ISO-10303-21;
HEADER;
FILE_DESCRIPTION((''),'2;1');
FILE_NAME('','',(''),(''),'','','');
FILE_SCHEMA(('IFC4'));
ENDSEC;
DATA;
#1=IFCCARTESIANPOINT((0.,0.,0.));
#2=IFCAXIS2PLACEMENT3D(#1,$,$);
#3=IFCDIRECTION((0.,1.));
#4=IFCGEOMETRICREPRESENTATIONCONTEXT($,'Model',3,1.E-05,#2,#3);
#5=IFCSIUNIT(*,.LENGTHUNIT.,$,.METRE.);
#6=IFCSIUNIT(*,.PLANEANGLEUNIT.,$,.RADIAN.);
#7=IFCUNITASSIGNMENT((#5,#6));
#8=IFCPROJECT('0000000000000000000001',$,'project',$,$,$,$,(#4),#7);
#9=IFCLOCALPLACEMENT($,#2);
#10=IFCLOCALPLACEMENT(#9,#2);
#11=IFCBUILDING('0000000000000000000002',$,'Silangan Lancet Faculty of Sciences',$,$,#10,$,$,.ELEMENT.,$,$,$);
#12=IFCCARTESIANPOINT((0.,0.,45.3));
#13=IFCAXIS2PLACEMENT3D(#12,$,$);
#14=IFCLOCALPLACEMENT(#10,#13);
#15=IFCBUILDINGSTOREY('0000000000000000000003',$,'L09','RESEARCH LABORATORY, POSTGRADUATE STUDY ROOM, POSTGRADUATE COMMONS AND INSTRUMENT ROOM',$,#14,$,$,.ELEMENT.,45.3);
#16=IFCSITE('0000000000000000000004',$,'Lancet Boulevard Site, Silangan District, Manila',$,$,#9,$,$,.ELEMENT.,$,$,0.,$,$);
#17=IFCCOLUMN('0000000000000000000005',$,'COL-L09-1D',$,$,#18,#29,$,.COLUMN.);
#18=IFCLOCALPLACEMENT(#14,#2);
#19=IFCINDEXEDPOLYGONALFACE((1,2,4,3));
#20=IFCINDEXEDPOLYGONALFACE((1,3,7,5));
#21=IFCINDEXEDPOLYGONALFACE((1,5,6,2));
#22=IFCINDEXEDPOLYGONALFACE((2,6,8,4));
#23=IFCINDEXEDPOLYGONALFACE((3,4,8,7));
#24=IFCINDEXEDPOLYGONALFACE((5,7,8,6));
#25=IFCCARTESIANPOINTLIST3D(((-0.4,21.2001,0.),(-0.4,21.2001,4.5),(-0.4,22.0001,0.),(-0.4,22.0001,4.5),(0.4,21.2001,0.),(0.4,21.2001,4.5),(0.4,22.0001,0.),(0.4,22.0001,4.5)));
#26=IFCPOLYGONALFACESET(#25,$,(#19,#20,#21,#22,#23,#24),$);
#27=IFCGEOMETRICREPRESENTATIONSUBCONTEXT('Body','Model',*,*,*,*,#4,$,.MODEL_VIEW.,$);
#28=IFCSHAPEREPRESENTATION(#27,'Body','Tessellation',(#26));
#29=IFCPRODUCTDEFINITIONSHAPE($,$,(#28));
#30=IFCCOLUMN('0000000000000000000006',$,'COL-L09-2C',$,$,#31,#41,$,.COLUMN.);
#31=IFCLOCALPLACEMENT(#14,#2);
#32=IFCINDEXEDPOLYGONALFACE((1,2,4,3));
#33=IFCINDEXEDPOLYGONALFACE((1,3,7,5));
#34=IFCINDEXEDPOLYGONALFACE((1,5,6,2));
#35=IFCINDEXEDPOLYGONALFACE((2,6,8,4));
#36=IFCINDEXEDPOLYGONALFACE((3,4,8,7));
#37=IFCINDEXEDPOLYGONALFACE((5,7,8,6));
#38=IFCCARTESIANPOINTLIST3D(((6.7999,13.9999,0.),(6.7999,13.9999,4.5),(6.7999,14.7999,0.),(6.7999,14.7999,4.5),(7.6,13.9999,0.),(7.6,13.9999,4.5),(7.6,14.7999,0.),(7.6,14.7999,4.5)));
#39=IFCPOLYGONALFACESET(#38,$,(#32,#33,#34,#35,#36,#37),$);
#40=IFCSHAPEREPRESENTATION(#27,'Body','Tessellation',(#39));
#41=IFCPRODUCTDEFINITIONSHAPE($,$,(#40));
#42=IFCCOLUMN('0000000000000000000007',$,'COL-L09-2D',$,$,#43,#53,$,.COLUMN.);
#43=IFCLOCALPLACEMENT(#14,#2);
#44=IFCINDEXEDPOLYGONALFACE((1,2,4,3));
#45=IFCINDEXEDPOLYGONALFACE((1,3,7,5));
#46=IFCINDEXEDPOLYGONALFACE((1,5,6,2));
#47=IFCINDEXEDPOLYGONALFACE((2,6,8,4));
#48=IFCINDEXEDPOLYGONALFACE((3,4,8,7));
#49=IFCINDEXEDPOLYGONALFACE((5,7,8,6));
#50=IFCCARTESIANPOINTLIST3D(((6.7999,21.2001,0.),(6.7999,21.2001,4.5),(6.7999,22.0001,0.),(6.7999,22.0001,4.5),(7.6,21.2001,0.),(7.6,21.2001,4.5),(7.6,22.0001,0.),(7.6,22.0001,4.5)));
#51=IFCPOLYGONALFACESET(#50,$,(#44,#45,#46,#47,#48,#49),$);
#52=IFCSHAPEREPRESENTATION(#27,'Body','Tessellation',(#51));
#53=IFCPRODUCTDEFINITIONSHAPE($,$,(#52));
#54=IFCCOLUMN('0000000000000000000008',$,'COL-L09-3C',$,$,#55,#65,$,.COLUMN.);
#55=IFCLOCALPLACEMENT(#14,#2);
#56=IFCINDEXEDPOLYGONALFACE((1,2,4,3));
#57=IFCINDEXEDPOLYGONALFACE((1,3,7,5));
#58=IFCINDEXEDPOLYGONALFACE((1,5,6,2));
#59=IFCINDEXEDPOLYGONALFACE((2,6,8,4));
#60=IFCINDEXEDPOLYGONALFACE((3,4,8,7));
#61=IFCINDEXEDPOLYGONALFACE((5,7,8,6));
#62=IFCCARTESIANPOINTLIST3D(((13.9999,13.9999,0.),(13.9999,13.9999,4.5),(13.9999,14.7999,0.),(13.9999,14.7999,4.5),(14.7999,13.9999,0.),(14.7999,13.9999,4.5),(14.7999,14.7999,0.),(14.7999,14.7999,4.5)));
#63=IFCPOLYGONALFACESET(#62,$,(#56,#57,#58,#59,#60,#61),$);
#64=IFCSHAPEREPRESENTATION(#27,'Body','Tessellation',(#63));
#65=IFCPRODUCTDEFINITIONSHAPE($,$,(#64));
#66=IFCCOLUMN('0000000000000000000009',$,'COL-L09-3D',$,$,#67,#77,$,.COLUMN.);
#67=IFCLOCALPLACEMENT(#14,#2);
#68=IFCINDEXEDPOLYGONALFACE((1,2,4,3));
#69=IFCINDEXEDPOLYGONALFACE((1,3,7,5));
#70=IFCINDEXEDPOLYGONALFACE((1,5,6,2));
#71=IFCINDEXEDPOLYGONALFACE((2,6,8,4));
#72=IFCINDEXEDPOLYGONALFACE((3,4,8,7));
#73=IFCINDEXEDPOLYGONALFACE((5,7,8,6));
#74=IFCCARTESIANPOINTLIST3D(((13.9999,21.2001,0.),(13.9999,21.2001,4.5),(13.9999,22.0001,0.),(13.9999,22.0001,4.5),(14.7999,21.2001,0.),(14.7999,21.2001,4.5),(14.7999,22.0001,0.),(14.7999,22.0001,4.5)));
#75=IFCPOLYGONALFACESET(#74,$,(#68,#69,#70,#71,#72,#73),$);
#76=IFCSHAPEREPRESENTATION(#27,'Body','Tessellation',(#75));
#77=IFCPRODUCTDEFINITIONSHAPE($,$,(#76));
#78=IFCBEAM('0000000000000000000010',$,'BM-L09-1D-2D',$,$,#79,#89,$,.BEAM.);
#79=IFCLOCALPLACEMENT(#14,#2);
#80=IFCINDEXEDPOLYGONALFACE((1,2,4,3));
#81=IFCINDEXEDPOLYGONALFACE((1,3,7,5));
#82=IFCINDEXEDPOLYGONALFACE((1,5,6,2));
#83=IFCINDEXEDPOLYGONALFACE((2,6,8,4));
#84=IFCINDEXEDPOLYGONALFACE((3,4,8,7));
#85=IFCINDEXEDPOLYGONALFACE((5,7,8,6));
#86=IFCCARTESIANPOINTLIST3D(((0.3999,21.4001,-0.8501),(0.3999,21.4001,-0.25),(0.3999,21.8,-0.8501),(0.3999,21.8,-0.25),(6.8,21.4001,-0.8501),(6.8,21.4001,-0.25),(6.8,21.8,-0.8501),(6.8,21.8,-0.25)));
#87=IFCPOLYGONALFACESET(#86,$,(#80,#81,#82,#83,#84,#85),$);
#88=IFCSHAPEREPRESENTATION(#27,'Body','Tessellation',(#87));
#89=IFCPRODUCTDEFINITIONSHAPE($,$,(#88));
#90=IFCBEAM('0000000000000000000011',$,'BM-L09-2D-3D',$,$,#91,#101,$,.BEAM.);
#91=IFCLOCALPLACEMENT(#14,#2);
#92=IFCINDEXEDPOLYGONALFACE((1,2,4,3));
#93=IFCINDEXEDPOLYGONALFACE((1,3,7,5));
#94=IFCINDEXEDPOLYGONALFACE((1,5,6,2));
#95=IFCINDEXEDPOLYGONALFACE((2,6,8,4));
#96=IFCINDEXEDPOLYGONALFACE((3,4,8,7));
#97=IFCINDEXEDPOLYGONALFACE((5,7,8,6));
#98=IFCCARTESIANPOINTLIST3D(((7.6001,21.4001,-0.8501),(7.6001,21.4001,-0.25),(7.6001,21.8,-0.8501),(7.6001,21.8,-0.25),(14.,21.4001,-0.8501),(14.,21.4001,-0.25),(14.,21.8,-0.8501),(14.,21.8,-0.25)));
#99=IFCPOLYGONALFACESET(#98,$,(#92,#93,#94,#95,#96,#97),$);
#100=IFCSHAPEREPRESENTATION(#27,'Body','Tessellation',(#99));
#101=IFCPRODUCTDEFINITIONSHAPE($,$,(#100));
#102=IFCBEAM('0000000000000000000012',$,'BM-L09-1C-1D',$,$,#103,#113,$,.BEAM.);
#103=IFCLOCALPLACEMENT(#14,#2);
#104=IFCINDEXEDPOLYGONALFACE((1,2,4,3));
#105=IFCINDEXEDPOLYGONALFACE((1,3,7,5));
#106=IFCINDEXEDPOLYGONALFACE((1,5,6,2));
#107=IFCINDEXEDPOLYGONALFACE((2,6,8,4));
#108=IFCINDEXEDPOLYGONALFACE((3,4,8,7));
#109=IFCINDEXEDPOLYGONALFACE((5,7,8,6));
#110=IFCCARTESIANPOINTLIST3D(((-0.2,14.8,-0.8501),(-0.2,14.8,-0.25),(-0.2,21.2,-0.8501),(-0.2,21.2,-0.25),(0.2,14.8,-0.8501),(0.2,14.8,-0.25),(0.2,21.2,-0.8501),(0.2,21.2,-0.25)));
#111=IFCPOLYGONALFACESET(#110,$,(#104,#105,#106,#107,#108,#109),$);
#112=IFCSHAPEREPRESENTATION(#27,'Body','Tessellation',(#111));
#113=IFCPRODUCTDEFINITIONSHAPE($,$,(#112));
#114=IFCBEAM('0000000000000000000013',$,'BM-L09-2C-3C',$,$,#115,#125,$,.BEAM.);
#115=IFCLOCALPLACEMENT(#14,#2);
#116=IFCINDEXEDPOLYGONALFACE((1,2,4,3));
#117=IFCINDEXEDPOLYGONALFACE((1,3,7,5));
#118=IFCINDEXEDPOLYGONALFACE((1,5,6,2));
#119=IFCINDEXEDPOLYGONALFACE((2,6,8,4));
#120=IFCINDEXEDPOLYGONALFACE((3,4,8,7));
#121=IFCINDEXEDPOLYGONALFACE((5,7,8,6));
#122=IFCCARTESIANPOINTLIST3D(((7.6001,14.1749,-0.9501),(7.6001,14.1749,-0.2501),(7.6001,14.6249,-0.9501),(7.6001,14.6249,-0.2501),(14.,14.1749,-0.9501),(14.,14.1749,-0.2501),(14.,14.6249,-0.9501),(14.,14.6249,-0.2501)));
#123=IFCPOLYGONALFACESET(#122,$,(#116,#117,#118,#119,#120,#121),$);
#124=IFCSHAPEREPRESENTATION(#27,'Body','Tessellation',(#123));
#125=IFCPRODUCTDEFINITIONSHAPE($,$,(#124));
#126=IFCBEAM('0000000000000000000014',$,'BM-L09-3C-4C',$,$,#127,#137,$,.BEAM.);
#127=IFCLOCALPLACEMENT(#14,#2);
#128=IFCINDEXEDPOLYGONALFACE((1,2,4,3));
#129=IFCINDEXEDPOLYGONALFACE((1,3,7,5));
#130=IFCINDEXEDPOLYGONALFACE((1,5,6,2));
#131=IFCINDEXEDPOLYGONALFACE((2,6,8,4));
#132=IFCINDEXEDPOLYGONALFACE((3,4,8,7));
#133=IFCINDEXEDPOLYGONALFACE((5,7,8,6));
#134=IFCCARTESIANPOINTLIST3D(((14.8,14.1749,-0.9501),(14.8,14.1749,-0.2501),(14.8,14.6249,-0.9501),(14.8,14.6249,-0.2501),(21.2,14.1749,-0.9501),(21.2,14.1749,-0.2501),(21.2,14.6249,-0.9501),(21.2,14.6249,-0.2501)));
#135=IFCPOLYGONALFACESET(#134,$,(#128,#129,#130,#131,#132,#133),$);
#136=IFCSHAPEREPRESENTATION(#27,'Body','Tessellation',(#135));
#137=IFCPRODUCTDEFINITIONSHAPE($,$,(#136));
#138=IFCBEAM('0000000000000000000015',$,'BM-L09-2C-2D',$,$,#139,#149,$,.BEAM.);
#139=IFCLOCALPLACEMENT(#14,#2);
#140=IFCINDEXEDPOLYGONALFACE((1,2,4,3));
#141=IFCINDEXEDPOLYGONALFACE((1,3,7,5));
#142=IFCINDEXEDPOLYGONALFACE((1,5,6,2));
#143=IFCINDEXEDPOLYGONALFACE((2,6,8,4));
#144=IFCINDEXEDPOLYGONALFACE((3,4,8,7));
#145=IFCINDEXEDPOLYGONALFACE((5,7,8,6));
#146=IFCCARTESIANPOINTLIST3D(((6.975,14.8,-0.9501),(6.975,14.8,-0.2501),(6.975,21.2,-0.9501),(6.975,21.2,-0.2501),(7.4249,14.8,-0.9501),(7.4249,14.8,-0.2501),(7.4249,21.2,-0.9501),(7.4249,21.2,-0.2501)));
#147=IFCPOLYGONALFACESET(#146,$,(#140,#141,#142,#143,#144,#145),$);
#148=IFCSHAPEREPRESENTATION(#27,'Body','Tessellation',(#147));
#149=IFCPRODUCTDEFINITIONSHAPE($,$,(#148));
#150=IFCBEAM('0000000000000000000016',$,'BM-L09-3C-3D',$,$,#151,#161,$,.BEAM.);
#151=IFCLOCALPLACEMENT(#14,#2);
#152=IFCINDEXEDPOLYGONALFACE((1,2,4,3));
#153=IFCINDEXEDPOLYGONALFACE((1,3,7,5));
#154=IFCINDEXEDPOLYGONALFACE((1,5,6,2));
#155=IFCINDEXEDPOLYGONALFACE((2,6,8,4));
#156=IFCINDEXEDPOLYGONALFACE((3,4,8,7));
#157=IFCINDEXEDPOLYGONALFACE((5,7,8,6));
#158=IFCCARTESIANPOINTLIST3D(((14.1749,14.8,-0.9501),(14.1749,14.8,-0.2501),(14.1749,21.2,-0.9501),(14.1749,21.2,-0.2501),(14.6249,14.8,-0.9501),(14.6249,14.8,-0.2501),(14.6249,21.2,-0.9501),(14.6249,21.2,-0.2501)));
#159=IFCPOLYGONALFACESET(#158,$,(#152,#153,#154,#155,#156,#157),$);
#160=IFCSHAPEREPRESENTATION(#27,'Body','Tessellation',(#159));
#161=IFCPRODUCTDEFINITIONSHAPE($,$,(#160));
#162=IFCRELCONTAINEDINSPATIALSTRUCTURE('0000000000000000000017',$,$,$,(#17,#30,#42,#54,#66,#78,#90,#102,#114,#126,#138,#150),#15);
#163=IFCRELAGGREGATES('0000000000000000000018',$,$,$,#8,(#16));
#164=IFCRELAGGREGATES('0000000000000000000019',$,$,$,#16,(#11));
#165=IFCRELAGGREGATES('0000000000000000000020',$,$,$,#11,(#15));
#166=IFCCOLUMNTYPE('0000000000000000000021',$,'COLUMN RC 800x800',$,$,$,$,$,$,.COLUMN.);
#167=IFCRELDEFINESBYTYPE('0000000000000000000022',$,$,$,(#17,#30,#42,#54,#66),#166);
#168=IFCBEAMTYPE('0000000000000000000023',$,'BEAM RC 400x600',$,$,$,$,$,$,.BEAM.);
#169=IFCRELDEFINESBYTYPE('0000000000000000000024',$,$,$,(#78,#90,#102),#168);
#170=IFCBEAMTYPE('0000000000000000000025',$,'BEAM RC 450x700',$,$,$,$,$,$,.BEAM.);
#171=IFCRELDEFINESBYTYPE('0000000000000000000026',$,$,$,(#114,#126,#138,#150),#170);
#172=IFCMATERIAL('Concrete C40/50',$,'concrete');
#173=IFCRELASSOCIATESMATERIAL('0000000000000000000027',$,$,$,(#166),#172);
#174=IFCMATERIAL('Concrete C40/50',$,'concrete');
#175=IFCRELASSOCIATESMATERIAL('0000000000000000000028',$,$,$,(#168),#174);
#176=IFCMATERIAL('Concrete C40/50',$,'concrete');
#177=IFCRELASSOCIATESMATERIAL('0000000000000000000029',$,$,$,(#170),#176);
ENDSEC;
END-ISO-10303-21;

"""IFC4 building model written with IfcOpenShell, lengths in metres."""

from ifc_helpers import new_model, si_unit, direction, frame, origin, origin_2d, place, context, subcontext, project, spatial, rectangle, extrude, material, material_profile, profile_set, type_object, element, save


model = new_model("IFC4")

# Units and contexts
model_context = context("Model", 3, precision=1e-05, world=origin(), true_north=direction((0.0, 1.0)))
body_context = subcontext(model_context, "Body", "Model", "MODEL_VIEW")
ifc_project = project(units=[si_unit("LENGTHUNIT", "METRE"), si_unit("PLANEANGLEUNIT", "RADIAN")], contexts=[model_context])

# Site, building, storey
site_placement = place(None, origin())
site = spatial("IfcSite", under=ifc_project, at=site_placement, Name="Lancet Boulevard Site, Silangan District, Manila", CompositionType="ELEMENT", RefElevation=0.0)
building_placement = place(site_placement, origin())
building = spatial("IfcBuilding", under=site, at=building_placement, Name="Silangan Lancet Faculty of Sciences", CompositionType="ELEMENT")
storey_placement = place(building_placement, frame((0.0, 0.0, 45.3)))
storey = spatial("IfcBuildingStorey", under=building, at=storey_placement, Name="L09", Description="RESEARCH LABORATORY, POSTGRADUATE STUDY ROOM, POSTGRADUATE COMMONS AND INSTRUMENT ROOM", CompositionType="ELEMENT", Elevation=45.3)

# Columns
ifc_material_1 = material(Name="Concrete C40/50", Category="concrete")
ifc_material_profile_1 = material_profile(ifc_material_1, rectangle(XDim=0.8, YDim=0.8, at=origin_2d()), Name="RC 800x800")
ifc_profile_set_1 = profile_set([ifc_material_profile_1], Name="Concrete C40/50")
column_type = type_object("IfcColumnType", Name="COLUMN RC 800x800", PredefinedType="COLUMN", material=ifc_profile_set_1)
for number, where, z_axis, x_axis, name in (
    (1, (0.0, 21.6001, 0.0), (0.0, 0.0, 1.0), (1.0, 0.0, 0.0), "COL-L09-1D"),
    (2, (7.2, 14.3999, 0.0), (0.0, 0.0, 1.0), (1.0, 0.0, 0.0), "COL-L09-2C"),
    (3, (7.2, 21.6001, 0.0), (0.0, 0.0, 1.0), (1.0, 0.0, 0.0), "COL-L09-2D"),
    (4, (14.3999, 14.3999, 0.0), (0.0, 0.0, 1.0), (1.0, 0.0, 0.0), "COL-L09-3C"),
    (5, (14.3999, 21.6001, 0.0), (0.0, 0.0, 1.0), (1.0, 0.0, 0.0), "COL-L09-3D"),
):
    element("IfcColumn", number, at=place(storey_placement, frame(where, z_axis=z_axis, x_axis=x_axis)), inside=storey, type_object=column_type, Name=name, PredefinedType="COLUMN", context=body_context, shape_type="SweptSolid", body=[
        extrude(rectangle(XDim=0.8, YDim=0.8, at=origin_2d()), origin(), (0.0, 0.0, 1.0), 4.5),
    ])

# Beams
ifc_material_2 = material(Name="Concrete C40/50", Category="concrete")
ifc_material_profile_2 = material_profile(ifc_material_2, rectangle(XDim=0.3999, YDim=0.6001, at=origin_2d()), Name="RC 400x600")
ifc_profile_set_2 = profile_set([ifc_material_profile_2], Name="Concrete C40/50")
beam_type_1 = type_object("IfcBeamType", Name="BEAM RC 400x600", PredefinedType="BEAM", material=ifc_profile_set_2)
beam_placement = place(storey_placement, frame((0.3999, 21.6001, -0.55), z_axis=(1.0, 0.0, 0.0), x_axis=(0.0, 1.0, 0.0)))
element("IfcBeam", 6, at=beam_placement, inside=storey, type_object=beam_type_1, Name="BM-L09-1D-2D", PredefinedType="BEAM", context=body_context, shape_type="SweptSolid", body=[
    extrude(rectangle(XDim=0.3999, YDim=0.6001, at=origin_2d()), origin(), (0.0, 0.0, 1.0), 6.4001),
])
for number, where, z_axis, x_axis, name in (
    (7, (7.6001, 21.6001, -0.55), (1.0, 0.0, 0.0), (0.0, 1.0, 0.0), "BM-L09-2D-3D"),
    (8, (0.0, 14.8, -0.55), (0.0, 1.0, 0.0), (-1.0, 0.0, 0.0), "BM-L09-1C-1D"),
):
    element("IfcBeam", number, at=place(storey_placement, frame(where, z_axis=z_axis, x_axis=x_axis)), inside=storey, type_object=beam_type_1, Name=name, PredefinedType="BEAM", context=body_context, shape_type="SweptSolid", body=[
        extrude(rectangle(XDim=0.3999, YDim=0.6001, at=origin_2d()), origin(), (0.0, 0.0, 1.0), 6.3999),
    ])
ifc_material_3 = material(Name="Concrete C40/50", Category="concrete")
ifc_material_profile_3 = material_profile(ifc_material_3, rectangle(XDim=0.45, YDim=0.7, at=origin_2d()), Name="RC 450x700")
ifc_profile_set_3 = profile_set([ifc_material_profile_3], Name="Concrete C40/50")
beam_type_2 = type_object("IfcBeamType", Name="BEAM RC 450x700", PredefinedType="BEAM", material=ifc_profile_set_3)
for number, where, z_axis, x_axis, name in (
    (9, (7.6001, 14.3999, -0.6001), (1.0, 0.0, 0.0), (0.0, 1.0, 0.0), "BM-L09-2C-3C"),
    (10, (14.8, 14.3999, -0.6001), (1.0, 0.0, 0.0), (0.0, 1.0, 0.0), "BM-L09-3C-4C"),
    (11, (7.2, 14.8, -0.6001), (0.0, 1.0, 0.0), (-1.0, 0.0, 0.0), "BM-L09-2C-2D"),
    (12, (14.3999, 14.8, -0.6001), (0.0, 1.0, 0.0), (-1.0, 0.0, 0.0), "BM-L09-3C-3D"),
):
    element("IfcBeam", number, at=place(storey_placement, frame(where, z_axis=z_axis, x_axis=x_axis)), inside=storey, type_object=beam_type_2, Name=name, PredefinedType="BEAM", context=body_context, shape_type="SweptSolid", body=[
        extrude(rectangle(XDim=0.45, YDim=0.7, at=origin_2d()), origin(), (0.0, 0.0, 1.0), 6.3999),
    ])

save(model, "model.ifc")
